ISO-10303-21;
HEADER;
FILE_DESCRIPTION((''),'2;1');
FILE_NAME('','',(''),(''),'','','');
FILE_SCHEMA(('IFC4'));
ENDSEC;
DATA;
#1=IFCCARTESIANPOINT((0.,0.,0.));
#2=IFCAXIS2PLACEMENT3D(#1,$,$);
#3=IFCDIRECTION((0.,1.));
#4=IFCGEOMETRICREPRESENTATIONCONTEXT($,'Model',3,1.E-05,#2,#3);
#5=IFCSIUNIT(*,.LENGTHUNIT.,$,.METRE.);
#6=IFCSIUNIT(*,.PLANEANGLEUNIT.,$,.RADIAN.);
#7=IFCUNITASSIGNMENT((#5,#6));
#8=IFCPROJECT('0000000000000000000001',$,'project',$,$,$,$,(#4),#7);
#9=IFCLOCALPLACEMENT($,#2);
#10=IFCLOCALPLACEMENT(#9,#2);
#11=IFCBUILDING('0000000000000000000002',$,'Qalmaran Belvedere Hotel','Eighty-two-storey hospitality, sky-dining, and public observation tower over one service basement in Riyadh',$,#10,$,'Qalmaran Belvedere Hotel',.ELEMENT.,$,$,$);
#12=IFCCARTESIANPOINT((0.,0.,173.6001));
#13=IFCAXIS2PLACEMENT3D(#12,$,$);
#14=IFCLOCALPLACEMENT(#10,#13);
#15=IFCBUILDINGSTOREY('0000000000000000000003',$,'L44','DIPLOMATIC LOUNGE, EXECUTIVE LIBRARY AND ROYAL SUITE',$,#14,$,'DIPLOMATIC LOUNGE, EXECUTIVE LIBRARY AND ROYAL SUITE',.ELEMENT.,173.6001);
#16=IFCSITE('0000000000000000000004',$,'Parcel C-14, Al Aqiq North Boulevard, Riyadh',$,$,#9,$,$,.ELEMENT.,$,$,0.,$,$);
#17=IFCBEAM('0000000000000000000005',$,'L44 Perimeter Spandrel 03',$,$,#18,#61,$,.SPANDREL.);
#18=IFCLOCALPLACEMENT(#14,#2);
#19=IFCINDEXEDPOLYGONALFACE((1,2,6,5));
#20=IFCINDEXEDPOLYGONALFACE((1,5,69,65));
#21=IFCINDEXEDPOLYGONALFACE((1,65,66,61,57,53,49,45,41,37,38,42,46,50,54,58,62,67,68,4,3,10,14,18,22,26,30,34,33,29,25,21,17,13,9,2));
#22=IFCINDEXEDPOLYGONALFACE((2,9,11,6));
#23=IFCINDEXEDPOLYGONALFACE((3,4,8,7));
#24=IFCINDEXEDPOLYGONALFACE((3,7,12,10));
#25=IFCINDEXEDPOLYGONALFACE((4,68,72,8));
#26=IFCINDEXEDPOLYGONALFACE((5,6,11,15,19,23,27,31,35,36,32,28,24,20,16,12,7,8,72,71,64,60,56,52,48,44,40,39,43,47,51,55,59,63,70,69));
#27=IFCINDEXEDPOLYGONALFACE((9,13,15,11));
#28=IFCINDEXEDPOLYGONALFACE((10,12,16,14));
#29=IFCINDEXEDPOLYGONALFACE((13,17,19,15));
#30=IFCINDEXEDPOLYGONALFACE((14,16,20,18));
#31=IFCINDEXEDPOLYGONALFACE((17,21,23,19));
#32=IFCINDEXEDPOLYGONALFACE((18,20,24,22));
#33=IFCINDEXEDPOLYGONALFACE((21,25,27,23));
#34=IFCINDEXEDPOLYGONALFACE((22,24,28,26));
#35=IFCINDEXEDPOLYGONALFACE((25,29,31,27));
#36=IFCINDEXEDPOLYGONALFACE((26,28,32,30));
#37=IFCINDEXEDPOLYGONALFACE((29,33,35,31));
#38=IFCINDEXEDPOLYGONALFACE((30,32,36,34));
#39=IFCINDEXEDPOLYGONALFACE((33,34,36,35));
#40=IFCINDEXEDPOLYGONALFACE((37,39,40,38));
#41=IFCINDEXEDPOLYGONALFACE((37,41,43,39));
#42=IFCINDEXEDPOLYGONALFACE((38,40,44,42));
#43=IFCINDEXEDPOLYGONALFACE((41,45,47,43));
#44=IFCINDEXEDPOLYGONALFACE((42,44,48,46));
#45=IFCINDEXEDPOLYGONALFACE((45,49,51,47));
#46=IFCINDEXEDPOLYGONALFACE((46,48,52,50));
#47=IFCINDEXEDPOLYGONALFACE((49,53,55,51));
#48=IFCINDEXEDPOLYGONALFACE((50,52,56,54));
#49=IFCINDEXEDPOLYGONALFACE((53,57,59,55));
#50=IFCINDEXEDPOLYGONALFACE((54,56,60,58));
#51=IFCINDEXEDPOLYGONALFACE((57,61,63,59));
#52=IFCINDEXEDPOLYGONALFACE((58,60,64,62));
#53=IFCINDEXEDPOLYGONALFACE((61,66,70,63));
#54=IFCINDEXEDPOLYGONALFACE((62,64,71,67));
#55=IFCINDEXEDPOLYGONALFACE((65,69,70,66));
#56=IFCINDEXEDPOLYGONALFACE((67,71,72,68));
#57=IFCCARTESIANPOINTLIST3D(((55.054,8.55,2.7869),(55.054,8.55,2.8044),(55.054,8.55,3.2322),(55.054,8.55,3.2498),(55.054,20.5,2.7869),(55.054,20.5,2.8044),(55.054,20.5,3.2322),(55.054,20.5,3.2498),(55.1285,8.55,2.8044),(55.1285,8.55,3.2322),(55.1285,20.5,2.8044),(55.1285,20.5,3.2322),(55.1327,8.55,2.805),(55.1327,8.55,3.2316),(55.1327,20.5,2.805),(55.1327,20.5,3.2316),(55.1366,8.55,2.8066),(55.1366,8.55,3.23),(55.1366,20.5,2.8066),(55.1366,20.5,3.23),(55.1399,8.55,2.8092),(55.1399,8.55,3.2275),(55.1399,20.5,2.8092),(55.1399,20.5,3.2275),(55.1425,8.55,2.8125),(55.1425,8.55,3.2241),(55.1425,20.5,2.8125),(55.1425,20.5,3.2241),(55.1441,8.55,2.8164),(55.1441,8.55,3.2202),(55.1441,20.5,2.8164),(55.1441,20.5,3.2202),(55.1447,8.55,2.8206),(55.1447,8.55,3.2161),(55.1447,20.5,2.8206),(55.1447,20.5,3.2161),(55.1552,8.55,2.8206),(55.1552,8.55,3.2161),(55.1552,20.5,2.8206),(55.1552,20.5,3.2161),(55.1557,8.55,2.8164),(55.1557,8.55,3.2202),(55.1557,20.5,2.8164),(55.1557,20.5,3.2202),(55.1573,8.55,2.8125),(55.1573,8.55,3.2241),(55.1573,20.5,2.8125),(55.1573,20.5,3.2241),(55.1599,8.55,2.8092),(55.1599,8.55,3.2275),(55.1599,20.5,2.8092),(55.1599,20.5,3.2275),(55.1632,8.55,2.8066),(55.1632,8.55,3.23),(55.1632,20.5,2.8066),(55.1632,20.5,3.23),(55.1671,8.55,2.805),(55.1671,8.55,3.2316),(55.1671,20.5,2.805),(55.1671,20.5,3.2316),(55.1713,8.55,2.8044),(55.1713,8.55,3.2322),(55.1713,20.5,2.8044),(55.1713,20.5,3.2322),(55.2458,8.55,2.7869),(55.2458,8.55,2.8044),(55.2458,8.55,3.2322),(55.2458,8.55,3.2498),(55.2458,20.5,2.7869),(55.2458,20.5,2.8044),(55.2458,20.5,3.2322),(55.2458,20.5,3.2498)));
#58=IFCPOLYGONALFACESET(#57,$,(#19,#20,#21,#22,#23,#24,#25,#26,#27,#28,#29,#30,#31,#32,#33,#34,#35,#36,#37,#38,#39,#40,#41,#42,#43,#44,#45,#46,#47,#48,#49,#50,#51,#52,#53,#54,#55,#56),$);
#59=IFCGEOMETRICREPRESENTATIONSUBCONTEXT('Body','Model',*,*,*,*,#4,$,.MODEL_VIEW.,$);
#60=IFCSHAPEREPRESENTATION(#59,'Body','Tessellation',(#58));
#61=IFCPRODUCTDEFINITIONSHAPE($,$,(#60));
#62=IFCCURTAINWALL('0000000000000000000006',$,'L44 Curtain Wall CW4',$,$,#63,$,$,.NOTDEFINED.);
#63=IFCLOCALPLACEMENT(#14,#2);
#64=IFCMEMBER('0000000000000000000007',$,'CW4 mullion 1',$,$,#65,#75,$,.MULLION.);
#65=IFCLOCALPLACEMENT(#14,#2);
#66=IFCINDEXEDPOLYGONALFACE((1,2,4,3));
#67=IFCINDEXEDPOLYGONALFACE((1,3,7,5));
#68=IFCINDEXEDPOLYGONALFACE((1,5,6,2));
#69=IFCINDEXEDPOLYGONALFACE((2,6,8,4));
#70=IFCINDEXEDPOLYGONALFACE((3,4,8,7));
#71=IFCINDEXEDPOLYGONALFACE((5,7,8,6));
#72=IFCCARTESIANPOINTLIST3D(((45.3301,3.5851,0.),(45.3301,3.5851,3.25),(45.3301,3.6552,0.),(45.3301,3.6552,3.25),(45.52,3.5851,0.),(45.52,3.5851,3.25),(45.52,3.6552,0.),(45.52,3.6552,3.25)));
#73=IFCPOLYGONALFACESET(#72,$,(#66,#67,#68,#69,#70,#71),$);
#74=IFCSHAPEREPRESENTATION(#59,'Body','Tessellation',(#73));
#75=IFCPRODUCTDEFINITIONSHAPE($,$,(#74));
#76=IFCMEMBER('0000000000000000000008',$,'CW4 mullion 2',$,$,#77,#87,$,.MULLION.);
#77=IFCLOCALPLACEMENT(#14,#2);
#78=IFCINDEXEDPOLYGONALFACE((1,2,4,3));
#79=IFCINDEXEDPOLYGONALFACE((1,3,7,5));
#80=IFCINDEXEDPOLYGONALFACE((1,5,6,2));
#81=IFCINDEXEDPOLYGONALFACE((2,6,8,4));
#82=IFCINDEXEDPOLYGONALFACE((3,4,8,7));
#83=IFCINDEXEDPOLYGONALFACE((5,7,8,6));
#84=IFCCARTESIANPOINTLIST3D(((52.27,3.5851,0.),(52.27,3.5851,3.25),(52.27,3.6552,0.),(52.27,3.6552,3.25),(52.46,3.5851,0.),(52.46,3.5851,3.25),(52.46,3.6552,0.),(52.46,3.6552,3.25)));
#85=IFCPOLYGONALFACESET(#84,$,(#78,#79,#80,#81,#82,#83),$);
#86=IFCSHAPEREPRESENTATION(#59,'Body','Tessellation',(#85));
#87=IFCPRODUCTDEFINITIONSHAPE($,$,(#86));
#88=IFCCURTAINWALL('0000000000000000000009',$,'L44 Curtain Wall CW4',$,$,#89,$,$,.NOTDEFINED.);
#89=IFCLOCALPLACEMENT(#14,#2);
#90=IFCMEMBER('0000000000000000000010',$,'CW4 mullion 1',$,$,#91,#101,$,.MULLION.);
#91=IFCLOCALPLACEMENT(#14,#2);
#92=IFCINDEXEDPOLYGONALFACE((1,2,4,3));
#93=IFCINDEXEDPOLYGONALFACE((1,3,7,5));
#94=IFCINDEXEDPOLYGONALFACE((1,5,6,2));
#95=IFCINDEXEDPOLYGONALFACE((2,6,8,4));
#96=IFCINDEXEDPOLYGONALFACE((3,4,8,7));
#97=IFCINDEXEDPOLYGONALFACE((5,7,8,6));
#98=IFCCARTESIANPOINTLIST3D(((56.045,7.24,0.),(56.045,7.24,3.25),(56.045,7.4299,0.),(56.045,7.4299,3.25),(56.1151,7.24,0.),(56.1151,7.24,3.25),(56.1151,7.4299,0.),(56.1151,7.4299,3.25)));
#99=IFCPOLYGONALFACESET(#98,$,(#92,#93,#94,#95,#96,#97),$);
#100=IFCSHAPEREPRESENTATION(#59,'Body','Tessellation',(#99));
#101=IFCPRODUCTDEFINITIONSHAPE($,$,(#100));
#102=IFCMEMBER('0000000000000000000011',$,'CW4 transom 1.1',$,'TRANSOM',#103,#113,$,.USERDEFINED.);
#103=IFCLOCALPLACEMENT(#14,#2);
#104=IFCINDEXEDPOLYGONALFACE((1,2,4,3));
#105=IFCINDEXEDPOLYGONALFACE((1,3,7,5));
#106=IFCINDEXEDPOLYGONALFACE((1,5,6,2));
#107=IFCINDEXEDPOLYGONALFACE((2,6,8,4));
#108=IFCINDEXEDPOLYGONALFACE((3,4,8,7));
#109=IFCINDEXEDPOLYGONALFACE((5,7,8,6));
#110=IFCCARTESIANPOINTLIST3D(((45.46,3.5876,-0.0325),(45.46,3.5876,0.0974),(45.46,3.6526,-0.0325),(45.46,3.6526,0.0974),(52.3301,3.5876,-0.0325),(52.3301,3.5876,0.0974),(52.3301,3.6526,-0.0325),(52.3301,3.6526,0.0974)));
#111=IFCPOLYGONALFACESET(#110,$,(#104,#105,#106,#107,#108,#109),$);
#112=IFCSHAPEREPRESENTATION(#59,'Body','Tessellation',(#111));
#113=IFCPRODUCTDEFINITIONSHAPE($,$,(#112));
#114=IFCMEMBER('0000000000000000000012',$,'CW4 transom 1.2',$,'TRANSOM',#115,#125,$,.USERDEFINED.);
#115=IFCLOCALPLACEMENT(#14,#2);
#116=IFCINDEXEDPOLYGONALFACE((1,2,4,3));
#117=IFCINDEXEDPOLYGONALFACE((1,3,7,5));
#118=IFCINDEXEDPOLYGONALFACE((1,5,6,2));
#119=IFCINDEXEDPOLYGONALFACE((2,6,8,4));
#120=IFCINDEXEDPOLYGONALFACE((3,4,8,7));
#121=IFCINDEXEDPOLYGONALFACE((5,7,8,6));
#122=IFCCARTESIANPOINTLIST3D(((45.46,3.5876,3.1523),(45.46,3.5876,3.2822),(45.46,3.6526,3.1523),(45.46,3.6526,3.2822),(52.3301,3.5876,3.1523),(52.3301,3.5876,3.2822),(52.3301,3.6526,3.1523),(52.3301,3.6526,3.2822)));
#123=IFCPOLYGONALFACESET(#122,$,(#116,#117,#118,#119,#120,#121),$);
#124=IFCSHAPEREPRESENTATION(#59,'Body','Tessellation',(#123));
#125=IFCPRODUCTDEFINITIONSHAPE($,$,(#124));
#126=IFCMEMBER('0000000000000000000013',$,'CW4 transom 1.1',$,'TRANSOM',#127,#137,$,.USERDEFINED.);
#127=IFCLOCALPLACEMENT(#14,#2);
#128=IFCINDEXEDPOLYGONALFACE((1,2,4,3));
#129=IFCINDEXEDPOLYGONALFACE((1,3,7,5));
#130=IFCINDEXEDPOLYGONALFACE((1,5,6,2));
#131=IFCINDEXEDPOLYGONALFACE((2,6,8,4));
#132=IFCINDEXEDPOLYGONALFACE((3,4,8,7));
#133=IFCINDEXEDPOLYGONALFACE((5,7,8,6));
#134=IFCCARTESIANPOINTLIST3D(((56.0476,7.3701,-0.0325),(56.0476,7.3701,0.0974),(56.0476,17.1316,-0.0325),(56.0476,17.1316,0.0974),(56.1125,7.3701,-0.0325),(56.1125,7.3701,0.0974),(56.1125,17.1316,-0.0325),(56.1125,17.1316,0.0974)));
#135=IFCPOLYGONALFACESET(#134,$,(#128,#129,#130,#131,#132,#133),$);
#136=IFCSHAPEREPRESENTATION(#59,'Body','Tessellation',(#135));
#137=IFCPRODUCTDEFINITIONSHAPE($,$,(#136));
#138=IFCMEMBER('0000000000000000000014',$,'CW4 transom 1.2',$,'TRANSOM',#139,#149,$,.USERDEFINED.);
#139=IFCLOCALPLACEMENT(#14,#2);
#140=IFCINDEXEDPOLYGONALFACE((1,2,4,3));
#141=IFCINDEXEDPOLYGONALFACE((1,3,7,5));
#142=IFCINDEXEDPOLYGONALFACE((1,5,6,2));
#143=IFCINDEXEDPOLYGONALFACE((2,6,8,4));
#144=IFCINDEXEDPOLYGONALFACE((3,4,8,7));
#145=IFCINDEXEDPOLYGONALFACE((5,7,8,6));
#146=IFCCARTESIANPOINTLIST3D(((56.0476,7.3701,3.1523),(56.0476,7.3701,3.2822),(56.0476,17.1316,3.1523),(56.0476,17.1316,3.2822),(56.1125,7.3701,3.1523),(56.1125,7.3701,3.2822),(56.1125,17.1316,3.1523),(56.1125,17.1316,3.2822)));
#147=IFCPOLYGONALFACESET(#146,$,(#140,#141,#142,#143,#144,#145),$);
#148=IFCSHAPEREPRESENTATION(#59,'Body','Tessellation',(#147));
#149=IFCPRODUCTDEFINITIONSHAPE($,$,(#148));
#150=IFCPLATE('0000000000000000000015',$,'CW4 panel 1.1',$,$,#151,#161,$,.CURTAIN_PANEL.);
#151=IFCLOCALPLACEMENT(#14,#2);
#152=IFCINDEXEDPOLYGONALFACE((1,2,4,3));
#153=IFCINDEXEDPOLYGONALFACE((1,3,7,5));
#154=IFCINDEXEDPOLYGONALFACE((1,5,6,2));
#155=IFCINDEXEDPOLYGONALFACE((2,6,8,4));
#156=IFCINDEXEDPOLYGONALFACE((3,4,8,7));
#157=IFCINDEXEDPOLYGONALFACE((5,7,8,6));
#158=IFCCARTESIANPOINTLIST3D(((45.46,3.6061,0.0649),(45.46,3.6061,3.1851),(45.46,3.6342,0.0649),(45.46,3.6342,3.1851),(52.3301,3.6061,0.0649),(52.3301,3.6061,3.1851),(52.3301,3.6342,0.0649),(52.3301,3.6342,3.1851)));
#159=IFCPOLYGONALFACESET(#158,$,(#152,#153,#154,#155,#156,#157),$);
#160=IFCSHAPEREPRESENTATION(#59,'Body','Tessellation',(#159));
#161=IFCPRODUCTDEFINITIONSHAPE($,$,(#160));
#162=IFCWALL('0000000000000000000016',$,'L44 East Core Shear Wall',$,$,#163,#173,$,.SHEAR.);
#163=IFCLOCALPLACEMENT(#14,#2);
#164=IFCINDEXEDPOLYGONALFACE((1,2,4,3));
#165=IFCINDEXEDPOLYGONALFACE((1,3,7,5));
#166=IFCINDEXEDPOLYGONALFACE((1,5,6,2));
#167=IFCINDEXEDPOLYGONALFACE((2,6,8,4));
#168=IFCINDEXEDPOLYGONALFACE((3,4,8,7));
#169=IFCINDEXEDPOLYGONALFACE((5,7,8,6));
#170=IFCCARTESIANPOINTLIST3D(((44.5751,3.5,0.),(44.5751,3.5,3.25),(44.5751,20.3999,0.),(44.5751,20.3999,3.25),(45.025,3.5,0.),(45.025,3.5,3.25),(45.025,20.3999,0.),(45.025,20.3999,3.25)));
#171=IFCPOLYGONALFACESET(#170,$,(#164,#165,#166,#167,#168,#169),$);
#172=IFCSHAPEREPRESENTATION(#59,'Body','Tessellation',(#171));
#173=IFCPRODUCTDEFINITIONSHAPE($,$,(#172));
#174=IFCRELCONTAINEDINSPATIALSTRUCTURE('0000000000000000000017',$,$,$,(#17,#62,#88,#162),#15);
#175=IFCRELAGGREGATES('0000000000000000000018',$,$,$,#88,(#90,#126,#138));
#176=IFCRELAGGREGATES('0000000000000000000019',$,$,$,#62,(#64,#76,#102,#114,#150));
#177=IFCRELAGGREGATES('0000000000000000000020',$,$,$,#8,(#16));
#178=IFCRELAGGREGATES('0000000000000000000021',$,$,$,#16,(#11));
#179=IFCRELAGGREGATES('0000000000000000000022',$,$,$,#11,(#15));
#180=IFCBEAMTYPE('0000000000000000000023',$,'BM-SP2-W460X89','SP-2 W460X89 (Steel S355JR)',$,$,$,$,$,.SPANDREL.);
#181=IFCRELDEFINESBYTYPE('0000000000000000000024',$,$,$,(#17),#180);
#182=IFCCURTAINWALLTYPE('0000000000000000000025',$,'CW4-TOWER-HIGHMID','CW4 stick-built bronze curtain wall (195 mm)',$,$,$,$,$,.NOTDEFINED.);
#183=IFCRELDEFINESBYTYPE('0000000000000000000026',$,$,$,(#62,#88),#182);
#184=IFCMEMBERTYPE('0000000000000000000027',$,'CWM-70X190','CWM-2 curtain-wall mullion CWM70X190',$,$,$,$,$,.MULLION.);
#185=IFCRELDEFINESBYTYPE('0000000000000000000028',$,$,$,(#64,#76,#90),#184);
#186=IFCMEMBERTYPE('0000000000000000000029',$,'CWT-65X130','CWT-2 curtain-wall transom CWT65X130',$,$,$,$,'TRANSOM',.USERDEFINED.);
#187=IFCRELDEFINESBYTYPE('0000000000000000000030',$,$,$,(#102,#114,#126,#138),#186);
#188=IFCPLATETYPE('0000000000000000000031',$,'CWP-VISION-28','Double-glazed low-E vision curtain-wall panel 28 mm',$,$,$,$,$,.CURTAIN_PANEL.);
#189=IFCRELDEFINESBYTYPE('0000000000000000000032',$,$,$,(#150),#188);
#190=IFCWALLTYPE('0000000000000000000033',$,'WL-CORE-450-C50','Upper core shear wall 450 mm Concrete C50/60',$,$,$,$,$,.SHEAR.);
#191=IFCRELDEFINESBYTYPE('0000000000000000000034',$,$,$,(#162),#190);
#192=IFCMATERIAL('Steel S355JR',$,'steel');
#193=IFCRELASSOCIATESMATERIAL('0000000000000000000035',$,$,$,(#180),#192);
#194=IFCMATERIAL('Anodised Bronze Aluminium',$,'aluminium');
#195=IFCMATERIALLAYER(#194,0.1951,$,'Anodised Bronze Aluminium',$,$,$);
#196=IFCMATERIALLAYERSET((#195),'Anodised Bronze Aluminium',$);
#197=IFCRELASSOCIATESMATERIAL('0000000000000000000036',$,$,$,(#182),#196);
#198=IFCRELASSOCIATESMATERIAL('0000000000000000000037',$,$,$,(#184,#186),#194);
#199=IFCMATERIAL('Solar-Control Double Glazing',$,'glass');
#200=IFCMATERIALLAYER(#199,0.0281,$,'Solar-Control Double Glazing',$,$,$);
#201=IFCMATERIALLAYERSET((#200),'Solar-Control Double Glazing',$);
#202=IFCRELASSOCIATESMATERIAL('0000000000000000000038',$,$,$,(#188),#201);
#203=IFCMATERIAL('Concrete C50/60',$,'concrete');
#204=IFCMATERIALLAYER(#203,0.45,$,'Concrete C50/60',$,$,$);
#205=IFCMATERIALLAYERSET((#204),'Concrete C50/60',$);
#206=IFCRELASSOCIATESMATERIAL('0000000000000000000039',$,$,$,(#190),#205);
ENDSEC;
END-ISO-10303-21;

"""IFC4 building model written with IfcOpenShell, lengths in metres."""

from ifc_helpers import new_model, si_unit, direction, frame, frame_2d, origin, origin_2d, place, context, subcontext, project, spatial, rectangle, i_section, extrude, material, layer, layer_set, material_profile, profile_set, type_object, element, aggregate, save


model = new_model("IFC4")

# Units and contexts
model_context = context("Model", 3, precision=1e-05, world=origin(), true_north=direction((0.0, 1.0)))
body_context = subcontext(model_context, "Body", "Model", "MODEL_VIEW")
ifc_project = project(units=[si_unit("LENGTHUNIT", "METRE"), si_unit("PLANEANGLEUNIT", "RADIAN")], contexts=[model_context])

# Site, building, storey
site_placement = place(None, origin())
site = spatial("IfcSite", under=ifc_project, at=site_placement, Name="Parcel C-14, Al Aqiq North Boulevard, Riyadh", CompositionType="ELEMENT", RefElevation=0.0)
building_placement = place(site_placement, origin())
building = spatial("IfcBuilding", under=site, at=building_placement, Name="Qalmaran Belvedere Hotel", Description="Eighty-two-storey hospitality, sky-dining, and public observation tower over one service basement in Riyadh", LongName="Qalmaran Belvedere Hotel", CompositionType="ELEMENT")
storey_placement = place(building_placement, frame((0.0, 0.0, 173.6001)))
storey = spatial("IfcBuildingStorey", under=building, at=storey_placement, Name="L44", Description="DIPLOMATIC LOUNGE, EXECUTIVE LIBRARY AND ROYAL SUITE", LongName="DIPLOMATIC LOUNGE, EXECUTIVE LIBRARY AND ROYAL SUITE", CompositionType="ELEMENT", Elevation=173.6001)

# Shared definitions
ifc_material_1 = material(Name="Concrete C50/60", Category="concrete")

# Beam
ifc_material_2 = material(Name="Steel S355JR", Category="steel")
ifc_material_profile_1 = material_profile(ifc_material_2, i_section(OverallWidth=0.1919, OverallDepth=0.4629, WebThickness=0.0105, FlangeThickness=0.0176, FilletRadius=0.0161, at=origin_2d()), Name="W460X89")
ifc_profile_set_1 = profile_set([ifc_material_profile_1], Name="Steel S355JR")
beam_type_1 = type_object("IfcBeamType", Name="BM-SP2-W460X89", Description="SP-2 W460X89 (Steel S355JR)", PredefinedType="SPANDREL", material=ifc_profile_set_1)
beam_1_placement = place(storey_placement, frame((55.1499, 8.55, 3.0183), z_axis=(0.0, 1.0, 0.0), x_axis=(-1.0, 0.0, 0.0)))
element("IfcBeam", 1, at=beam_1_placement, inside=storey, type_object=beam_type_1, Name="L44 Perimeter Spandrel 03", PredefinedType="SPANDREL", context=body_context, shape_type="SweptSolid", body=[
    extrude(i_section(OverallWidth=0.1919, OverallDepth=0.4629, WebThickness=0.0105, FlangeThickness=0.0176, FilletRadius=0.0161, at=origin_2d()), origin(), (0.0, 0.0, 1.0), 11.95),
])

# Curtain wall, members
ifc_material_3 = material(Name="Anodised Bronze Aluminium", Category="aluminium")
ifc_layer_1 = layer(ifc_material_3, 0.1951, Name="Anodised Bronze Aluminium")
ifc_layer_set_1 = layer_set([ifc_layer_1], Name="Anodised Bronze Aluminium")
curtain_wall_type = type_object("IfcCurtainWallType", Name="CW4-TOWER-HIGHMID", Description="CW4 stick-built bronze curtain wall (195 mm)", PredefinedType="NOTDEFINED", material=ifc_layer_set_1)
curtain_wall_1_placement = place(storey_placement, origin())
curtain_wall_1 = element("IfcCurtainWall", 2, at=curtain_wall_1_placement, inside=storey, type_object=curtain_wall_type, Name="L44 Curtain Wall CW4", PredefinedType="NOTDEFINED")
ifc_material_profile_2 = material_profile(ifc_material_3, rectangle(XDim=0.0701, YDim=0.1899, at=origin_2d()), Name="CWM70X190")
ifc_profile_set_2 = profile_set([ifc_material_profile_2], Name="Anodised Bronze Aluminium")
member_type_1 = type_object("IfcMemberType", Name="CWM-70X190", Description="CWM-2 curtain-wall mullion CWM70X190", PredefinedType="MULLION", material=ifc_profile_set_2)
member_1_placement = place(storey_placement, frame((45.425, 3.6201, 0.0), z_axis=(0.0, 0.0, 1.0), x_axis=(0.0, 1.0, 0.0)))
member_1 = element("IfcMember", 3, at=member_1_placement, type_object=member_type_1, Name="CW4 mullion 1", PredefinedType="MULLION", context=body_context, shape_type="SweptSolid", body=[
    extrude(rectangle(XDim=0.0701, YDim=0.1899, at=origin_2d()), origin(), (0.0, 0.0, 1.0), 3.25),
])
member_2_placement = place(storey_placement, frame((52.365, 3.6201, 0.0), z_axis=(0.0, 0.0, 1.0), x_axis=(0.0, 1.0, 0.0)))
member_2 = element("IfcMember", 4, at=member_2_placement, type_object=member_type_1, Name="CW4 mullion 2", PredefinedType="MULLION", context=body_context, shape_type="SweptSolid", body=[
    extrude(rectangle(XDim=0.0701, YDim=0.1899, at=origin_2d()), origin(), (0.0, 0.0, 1.0), 3.25),
])

# Curtain wall, member
curtain_wall_2_placement = place(storey_placement, origin())
curtain_wall_2 = element("IfcCurtainWall", 5, at=curtain_wall_2_placement, inside=storey, type_object=curtain_wall_type, Name="L44 Curtain Wall CW4", PredefinedType="NOTDEFINED")
member_3_placement = place(storey_placement, frame((56.0801, 7.335, 0.0), z_axis=(0.0, 0.0, 1.0), x_axis=(-1.0, 0.0, 0.0)))
member_3 = element("IfcMember", 6, at=member_3_placement, type_object=member_type_1, Name="CW4 mullion 1", PredefinedType="MULLION", context=body_context, shape_type="SweptSolid", body=[
    extrude(rectangle(XDim=0.0701, YDim=0.1899, at=origin_2d()), origin(), (0.0, 0.0, 1.0), 3.25),
])

# Members
ifc_material_profile_3 = material_profile(ifc_material_3, rectangle(XDim=0.0649, YDim=0.1299, at=origin_2d()), Name="CWT65X130")
ifc_profile_set_3 = profile_set([ifc_material_profile_3], Name="Anodised Bronze Aluminium")
member_type_2 = type_object("IfcMemberType", Name="CWT-65X130", Description="CWT-2 curtain-wall transom CWT65X130", ElementType="TRANSOM", PredefinedType="USERDEFINED", material=ifc_profile_set_3)
member_4_placement = place(storey_placement, frame((45.46, 3.6201, 0.0325), z_axis=(1.0, 0.0, 0.0), x_axis=(0.0, 1.0, 0.0)))
member_4 = element("IfcMember", 7, at=member_4_placement, type_object=member_type_2, Name="CW4 transom 1.1", ObjectType="TRANSOM", PredefinedType="USERDEFINED", context=body_context, shape_type="SweptSolid", body=[
    extrude(rectangle(XDim=0.0649, YDim=0.1299, at=origin_2d()), origin(), (0.0, 0.0, 1.0), 6.8701),
])
member_5_placement = place(storey_placement, frame((45.46, 3.6201, 3.2173), z_axis=(1.0, 0.0, 0.0), x_axis=(0.0, 1.0, 0.0)))
member_5 = element("IfcMember", 8, at=member_5_placement, type_object=member_type_2, Name="CW4 transom 1.2", ObjectType="TRANSOM", PredefinedType="USERDEFINED", context=body_context, shape_type="SweptSolid", body=[
    extrude(rectangle(XDim=0.0649, YDim=0.1299, at=origin_2d()), origin(), (0.0, 0.0, 1.0), 6.8701),
])
member_6_placement = place(storey_placement, frame((56.0801, 7.3701, 0.0325), z_axis=(0.0, 1.0, 0.0), x_axis=(-1.0, 0.0, 0.0)))
member_6 = element("IfcMember", 9, at=member_6_placement, type_object=member_type_2, Name="CW4 transom 1.1", ObjectType="TRANSOM", PredefinedType="USERDEFINED", context=body_context, shape_type="SweptSolid", body=[
    extrude(rectangle(XDim=0.0649, YDim=0.1299, at=origin_2d()), origin(), (0.0, 0.0, 1.0), 9.7615),
])
member_7_placement = place(storey_placement, frame((56.0801, 7.3701, 3.2173), z_axis=(0.0, 1.0, 0.0), x_axis=(-1.0, 0.0, 0.0)))
member_7 = element("IfcMember", 10, at=member_7_placement, type_object=member_type_2, Name="CW4 transom 1.2", ObjectType="TRANSOM", PredefinedType="USERDEFINED", context=body_context, shape_type="SweptSolid", body=[
    extrude(rectangle(XDim=0.0649, YDim=0.1299, at=origin_2d()), origin(), (0.0, 0.0, 1.0), 9.7615),
])
aggregate(curtain_wall_2, [member_3, member_6, member_7])

# Plate
ifc_material_4 = material(Name="Solar-Control Double Glazing", Category="glass")
ifc_layer_2 = layer(ifc_material_4, 0.0281, Name="Solar-Control Double Glazing")
ifc_layer_set_2 = layer_set([ifc_layer_2], Name="Solar-Control Double Glazing")
plate_type = type_object("IfcPlateType", Name="CWP-VISION-28", Description="Double-glazed low-E vision curtain-wall panel 28 mm", PredefinedType="CURTAIN_PANEL", material=ifc_layer_set_2)
plate_placement = place(storey_placement, frame((48.895, 3.6201, 0.0649), z_axis=(0.0, 0.0, 1.0), x_axis=(1.0, 0.0, 0.0)))
plate = element("IfcPlate", 11, at=plate_placement, type_object=plate_type, Name="CW4 panel 1.1", PredefinedType="CURTAIN_PANEL", context=body_context, shape_type="SweptSolid", body=[
    extrude(rectangle(XDim=6.8701, YDim=0.0281, at=origin_2d()), origin(), (0.0, 0.0, 1.0), 3.1201),
])
aggregate(curtain_wall_1, [member_1, member_2, member_4, member_5, plate])

# Wall
ifc_layer_3 = layer(ifc_material_1, 0.45, Name="Concrete C50/60")
ifc_layer_set_3 = layer_set([ifc_layer_3], Name="Concrete C50/60")
wall_type_1 = type_object("IfcWallType", Name="WL-CORE-450-C50", Description="Upper core shear wall 450 mm Concrete C50/60", PredefinedType="SHEAR", material=ifc_layer_set_3)
wall_1_placement = place(storey_placement, frame((44.8, 3.5, 0.0), z_axis=(0.0, 0.0, 1.0), x_axis=(0.0, 1.0, 0.0)))
element("IfcWall", 12, at=wall_1_placement, inside=storey, type_object=wall_type_1, Name="L44 East Core Shear Wall", PredefinedType="SHEAR", context=body_context, shape_type="SweptSolid", body=[
    extrude(rectangle(XDim=16.8999, YDim=0.45, at=frame_2d((8.45, 0.0))), origin(), (0.0, 0.0, 1.0), 3.25),
])

save(model, "model.ifc")
